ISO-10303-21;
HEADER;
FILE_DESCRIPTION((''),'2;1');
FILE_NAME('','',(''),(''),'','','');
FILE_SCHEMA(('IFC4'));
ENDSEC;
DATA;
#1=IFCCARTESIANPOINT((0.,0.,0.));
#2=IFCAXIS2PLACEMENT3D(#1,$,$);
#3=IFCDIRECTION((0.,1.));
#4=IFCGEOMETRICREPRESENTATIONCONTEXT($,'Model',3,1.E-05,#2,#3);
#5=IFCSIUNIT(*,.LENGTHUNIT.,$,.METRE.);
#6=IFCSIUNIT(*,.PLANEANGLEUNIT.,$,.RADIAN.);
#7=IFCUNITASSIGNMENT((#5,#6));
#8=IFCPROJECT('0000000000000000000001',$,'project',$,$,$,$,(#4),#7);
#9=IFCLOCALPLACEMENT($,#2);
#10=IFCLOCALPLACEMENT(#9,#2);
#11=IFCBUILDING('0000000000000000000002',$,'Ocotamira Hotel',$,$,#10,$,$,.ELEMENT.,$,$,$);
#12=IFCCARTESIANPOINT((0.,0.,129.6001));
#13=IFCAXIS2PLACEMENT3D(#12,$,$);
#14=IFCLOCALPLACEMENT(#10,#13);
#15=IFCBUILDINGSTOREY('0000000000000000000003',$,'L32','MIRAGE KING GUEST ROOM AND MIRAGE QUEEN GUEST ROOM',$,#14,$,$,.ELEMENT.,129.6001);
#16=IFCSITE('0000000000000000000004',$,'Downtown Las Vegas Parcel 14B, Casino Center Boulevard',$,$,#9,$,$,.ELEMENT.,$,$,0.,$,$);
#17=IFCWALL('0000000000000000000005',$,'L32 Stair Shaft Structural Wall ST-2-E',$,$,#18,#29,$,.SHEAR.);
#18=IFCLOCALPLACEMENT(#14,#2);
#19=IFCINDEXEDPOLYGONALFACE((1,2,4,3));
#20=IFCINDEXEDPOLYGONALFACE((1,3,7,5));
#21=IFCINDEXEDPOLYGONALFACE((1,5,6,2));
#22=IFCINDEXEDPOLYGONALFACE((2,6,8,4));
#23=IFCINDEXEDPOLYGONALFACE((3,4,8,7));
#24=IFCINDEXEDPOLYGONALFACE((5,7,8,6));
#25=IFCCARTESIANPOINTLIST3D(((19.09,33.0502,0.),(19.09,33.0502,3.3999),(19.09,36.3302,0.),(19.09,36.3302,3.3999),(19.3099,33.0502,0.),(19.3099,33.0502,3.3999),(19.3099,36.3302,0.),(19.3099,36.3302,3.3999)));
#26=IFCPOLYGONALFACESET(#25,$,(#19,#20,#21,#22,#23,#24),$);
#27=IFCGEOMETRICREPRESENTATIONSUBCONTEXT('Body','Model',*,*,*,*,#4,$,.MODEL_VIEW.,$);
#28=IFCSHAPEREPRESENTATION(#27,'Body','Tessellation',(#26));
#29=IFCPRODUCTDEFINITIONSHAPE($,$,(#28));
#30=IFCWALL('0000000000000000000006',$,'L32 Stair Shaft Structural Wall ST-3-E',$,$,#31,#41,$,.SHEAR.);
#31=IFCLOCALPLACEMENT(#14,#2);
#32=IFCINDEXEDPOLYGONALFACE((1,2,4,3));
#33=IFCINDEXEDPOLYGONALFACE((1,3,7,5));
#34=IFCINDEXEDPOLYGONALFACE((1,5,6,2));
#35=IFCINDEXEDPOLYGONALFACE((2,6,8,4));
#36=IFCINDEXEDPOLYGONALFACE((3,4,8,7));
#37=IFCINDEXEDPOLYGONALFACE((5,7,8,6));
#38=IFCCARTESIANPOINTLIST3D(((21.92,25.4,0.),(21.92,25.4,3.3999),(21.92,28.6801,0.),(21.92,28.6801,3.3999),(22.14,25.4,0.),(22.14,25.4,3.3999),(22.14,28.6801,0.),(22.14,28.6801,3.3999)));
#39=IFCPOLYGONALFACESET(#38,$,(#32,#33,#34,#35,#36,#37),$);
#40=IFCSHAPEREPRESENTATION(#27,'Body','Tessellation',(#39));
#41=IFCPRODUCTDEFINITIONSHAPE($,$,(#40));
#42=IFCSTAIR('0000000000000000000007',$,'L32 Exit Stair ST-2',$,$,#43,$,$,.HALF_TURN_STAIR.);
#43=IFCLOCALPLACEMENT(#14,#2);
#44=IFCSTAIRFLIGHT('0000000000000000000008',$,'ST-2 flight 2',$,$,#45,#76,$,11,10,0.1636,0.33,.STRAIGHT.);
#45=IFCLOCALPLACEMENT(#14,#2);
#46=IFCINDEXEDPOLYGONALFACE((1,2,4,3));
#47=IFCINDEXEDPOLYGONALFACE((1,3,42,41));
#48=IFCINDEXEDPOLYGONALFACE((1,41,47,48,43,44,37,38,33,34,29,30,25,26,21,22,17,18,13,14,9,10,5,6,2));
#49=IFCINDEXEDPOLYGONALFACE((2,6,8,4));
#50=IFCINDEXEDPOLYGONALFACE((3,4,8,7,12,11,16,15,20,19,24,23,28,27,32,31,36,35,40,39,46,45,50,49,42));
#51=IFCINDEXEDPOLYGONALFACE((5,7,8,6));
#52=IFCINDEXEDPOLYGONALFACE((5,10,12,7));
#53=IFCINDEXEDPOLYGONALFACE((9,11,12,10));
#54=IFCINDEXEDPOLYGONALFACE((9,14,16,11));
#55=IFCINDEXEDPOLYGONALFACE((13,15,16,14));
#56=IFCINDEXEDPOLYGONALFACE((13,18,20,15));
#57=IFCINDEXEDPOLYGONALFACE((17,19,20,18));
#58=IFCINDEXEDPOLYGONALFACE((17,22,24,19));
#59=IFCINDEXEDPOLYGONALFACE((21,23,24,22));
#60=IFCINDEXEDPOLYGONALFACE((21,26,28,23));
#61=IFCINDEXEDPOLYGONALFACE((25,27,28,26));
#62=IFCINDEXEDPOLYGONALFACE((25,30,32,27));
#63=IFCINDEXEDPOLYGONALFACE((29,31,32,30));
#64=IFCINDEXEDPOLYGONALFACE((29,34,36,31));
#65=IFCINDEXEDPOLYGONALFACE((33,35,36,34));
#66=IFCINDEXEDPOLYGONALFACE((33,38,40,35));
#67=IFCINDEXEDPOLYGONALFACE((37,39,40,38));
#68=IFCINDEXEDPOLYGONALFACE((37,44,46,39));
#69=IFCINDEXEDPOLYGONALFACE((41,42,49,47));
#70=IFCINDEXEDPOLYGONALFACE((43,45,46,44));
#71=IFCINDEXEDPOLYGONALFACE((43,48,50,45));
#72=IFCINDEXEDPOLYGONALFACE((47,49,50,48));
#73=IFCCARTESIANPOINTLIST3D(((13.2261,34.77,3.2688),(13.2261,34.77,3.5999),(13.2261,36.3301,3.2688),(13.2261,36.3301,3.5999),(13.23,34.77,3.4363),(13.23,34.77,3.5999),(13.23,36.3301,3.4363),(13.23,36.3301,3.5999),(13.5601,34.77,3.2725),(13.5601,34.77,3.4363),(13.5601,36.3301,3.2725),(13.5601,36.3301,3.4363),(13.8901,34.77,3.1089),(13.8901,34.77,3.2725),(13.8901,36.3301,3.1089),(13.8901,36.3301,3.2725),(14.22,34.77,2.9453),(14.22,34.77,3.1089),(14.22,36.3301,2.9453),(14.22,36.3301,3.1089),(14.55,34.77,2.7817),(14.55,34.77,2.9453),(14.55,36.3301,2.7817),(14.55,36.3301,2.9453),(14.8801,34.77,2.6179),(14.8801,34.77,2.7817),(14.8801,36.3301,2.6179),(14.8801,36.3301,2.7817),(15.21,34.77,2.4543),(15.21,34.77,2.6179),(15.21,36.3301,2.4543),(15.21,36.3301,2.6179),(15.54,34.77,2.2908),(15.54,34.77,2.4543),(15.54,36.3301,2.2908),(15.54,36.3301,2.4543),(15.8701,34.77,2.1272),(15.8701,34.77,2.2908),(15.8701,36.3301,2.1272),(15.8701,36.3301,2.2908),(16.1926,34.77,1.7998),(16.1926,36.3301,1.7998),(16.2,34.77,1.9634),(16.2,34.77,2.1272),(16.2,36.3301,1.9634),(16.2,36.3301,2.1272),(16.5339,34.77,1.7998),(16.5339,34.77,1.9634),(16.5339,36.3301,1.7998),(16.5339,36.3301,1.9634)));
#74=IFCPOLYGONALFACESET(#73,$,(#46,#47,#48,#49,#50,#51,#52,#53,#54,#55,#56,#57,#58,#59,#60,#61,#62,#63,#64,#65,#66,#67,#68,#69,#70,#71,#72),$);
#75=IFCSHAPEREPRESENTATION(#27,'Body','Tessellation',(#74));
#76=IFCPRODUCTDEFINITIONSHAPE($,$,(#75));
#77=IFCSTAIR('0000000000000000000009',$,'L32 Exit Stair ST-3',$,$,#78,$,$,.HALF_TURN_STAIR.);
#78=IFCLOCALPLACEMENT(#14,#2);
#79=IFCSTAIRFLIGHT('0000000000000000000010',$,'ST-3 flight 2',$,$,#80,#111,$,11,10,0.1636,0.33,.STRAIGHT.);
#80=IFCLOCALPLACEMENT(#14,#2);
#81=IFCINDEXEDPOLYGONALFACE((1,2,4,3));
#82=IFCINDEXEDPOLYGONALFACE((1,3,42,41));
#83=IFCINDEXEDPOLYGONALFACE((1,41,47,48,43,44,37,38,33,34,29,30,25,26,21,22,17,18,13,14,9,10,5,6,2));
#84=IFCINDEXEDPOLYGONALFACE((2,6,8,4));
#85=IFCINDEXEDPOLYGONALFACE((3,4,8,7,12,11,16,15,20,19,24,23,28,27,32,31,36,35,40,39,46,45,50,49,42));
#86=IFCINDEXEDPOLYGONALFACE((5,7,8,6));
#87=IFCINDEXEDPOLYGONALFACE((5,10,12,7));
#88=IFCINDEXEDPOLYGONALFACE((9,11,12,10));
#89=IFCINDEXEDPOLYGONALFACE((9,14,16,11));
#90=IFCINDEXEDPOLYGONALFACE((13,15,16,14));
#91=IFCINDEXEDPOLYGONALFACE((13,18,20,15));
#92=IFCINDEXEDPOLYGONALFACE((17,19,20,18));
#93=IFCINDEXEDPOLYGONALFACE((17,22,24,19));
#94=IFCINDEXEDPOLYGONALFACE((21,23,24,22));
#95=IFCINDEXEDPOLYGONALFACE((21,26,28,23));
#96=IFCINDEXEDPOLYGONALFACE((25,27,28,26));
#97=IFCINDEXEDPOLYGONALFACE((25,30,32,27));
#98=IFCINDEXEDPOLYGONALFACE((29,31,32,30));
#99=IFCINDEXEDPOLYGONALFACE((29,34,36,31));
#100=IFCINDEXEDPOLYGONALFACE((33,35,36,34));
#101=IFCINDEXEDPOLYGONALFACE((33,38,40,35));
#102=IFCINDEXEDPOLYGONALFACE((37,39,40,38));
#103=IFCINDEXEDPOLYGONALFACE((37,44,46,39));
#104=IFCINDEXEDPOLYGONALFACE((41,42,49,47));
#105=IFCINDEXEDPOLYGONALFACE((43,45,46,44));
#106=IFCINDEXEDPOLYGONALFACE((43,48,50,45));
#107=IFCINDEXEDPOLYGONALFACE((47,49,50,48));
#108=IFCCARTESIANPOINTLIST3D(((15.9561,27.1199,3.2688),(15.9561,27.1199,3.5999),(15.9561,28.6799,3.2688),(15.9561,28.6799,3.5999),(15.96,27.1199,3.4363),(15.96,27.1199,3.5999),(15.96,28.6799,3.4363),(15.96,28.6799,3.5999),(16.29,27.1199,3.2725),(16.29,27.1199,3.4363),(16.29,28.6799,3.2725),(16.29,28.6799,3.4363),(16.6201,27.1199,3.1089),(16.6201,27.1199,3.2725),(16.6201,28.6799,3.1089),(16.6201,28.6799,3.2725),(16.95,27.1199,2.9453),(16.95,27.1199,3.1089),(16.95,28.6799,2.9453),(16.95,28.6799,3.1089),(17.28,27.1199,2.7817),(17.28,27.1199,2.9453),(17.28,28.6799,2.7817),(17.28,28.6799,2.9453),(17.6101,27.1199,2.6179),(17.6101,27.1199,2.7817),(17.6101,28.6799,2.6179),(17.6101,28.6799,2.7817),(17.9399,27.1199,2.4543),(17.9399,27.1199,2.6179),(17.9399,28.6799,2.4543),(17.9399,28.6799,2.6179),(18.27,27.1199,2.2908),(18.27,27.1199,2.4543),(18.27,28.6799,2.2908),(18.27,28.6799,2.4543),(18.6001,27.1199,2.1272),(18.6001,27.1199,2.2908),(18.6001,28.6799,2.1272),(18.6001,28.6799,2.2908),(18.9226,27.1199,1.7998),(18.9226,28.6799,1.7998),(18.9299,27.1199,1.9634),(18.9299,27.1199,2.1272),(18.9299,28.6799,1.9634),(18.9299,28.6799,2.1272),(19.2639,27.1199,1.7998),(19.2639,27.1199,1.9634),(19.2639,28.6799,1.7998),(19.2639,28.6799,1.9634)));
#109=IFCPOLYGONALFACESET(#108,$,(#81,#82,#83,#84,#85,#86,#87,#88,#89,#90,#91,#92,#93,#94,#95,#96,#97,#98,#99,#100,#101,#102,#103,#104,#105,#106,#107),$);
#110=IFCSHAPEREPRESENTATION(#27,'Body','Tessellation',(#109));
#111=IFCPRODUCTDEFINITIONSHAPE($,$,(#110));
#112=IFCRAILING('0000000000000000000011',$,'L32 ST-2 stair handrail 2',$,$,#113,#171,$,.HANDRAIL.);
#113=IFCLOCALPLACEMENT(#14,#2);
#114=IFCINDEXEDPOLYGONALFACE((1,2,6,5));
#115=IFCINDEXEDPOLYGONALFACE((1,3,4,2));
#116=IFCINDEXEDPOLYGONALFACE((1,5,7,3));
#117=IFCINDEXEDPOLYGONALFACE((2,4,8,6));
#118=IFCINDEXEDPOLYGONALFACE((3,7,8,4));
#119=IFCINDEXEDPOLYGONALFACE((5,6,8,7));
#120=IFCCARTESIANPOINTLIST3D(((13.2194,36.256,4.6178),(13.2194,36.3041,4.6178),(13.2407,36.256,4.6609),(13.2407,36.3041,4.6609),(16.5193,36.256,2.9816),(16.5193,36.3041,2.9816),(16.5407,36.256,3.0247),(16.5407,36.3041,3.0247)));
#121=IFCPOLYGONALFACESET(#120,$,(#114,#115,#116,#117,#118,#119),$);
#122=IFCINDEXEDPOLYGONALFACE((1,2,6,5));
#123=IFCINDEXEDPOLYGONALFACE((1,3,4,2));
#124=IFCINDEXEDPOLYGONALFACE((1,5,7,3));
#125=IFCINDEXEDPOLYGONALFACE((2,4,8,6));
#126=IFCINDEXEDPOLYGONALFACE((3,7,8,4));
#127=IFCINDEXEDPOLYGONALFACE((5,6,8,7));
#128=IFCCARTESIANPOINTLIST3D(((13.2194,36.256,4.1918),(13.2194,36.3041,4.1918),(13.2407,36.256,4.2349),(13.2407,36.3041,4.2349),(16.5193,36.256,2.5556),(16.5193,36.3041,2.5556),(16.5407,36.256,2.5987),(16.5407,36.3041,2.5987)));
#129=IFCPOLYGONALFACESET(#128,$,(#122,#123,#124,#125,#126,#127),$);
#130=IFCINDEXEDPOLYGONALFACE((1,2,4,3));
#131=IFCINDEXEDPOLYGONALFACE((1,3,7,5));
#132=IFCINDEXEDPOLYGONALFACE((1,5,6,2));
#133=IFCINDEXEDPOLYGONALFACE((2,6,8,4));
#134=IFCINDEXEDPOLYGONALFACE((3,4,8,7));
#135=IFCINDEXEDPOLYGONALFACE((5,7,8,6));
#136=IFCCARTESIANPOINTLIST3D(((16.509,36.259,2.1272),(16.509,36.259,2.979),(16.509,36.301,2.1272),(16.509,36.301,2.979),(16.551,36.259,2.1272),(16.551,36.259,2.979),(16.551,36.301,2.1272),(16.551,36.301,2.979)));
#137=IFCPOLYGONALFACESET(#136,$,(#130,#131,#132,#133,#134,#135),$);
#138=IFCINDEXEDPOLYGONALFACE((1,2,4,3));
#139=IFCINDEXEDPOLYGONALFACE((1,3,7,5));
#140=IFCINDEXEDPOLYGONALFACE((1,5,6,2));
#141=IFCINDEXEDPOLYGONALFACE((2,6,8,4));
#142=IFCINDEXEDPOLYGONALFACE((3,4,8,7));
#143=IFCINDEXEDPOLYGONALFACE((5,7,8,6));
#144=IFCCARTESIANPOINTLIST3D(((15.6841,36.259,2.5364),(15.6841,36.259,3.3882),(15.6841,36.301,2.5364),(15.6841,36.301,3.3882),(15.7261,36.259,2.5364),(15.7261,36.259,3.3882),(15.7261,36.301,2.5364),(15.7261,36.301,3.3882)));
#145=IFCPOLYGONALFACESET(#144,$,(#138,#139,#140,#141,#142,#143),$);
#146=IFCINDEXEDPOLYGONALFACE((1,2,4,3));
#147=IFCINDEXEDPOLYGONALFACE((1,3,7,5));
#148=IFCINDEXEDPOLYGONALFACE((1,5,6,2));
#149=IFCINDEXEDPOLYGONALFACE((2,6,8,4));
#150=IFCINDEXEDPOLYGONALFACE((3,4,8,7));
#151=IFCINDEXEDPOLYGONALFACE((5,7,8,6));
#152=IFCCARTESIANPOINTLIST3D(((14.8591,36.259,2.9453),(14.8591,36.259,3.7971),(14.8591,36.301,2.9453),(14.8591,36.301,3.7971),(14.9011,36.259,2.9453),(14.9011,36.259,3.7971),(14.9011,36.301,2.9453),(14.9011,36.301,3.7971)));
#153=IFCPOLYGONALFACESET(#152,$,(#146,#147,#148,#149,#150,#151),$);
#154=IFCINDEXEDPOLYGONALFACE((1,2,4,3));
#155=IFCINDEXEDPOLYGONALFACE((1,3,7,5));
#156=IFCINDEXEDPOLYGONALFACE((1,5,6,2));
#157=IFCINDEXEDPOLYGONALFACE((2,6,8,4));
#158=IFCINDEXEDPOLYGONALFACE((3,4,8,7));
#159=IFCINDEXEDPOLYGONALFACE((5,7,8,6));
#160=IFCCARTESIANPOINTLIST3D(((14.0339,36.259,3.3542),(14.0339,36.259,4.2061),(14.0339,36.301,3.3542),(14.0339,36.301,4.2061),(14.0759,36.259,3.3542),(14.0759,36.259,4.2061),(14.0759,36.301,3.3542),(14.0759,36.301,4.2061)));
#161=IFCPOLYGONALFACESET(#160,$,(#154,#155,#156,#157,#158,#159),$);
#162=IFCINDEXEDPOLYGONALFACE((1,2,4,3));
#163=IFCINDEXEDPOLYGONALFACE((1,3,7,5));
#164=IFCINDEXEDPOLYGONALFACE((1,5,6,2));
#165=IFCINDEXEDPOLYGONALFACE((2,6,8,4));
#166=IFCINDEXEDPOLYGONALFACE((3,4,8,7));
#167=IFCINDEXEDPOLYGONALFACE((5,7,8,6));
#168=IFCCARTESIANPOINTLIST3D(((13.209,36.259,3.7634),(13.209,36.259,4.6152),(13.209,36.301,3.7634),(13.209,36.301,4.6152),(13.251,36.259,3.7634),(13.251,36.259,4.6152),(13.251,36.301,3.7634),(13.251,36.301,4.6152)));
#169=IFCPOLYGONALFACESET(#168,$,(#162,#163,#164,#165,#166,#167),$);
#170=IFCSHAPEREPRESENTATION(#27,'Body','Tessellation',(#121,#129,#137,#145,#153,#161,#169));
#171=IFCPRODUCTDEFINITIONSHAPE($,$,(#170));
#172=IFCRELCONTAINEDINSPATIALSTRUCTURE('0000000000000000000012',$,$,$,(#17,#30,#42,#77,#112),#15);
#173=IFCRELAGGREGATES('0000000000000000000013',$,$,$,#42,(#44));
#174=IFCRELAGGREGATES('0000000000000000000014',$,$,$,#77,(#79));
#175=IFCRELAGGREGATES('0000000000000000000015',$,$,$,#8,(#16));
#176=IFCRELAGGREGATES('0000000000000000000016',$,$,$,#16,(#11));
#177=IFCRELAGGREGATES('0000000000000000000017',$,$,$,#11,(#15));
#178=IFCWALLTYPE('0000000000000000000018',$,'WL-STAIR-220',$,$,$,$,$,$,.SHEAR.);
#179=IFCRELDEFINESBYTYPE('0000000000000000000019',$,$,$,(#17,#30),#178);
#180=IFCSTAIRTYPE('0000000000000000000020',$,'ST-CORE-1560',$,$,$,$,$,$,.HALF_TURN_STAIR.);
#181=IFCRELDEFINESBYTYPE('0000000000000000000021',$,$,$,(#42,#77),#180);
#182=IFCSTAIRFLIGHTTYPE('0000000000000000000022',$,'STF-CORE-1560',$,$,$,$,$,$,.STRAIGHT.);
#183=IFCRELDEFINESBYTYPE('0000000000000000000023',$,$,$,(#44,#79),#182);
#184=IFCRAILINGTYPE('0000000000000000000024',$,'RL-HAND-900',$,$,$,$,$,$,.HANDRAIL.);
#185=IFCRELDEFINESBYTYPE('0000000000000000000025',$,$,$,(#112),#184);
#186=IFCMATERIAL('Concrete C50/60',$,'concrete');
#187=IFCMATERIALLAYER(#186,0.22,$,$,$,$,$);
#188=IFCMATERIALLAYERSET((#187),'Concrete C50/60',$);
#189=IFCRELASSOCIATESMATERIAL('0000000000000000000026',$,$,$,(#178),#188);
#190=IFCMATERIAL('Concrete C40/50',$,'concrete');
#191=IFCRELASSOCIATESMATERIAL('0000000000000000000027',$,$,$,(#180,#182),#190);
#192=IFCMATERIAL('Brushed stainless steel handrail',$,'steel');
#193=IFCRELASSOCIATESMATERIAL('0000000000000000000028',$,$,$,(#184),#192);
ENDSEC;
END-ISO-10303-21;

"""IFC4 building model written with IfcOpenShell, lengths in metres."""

from ifc_helpers import new_model, si_unit, direction, frame, frame_2d, origin, origin_2d, place, context, subcontext, project, spatial, polyline, rectangle, outline, extrude, source, transform, mapped, material, layer, layer_set, type_object, element, aggregate, save


model = new_model("IFC4")

# Units and contexts
model_context = context("Model", 3, precision=1e-05, world=origin(), true_north=direction((0.0, 1.0)))
body_context = subcontext(model_context, "Body", "Model", "MODEL_VIEW")
ifc_project = project(units=[si_unit("LENGTHUNIT", "METRE"), si_unit("PLANEANGLEUNIT", "RADIAN")], contexts=[model_context])

# Site, building, storey
site_placement = place(None, origin())
site = spatial("IfcSite", under=ifc_project, at=site_placement, Name="Downtown Las Vegas Parcel 14B, Casino Center Boulevard", CompositionType="ELEMENT", RefElevation=0.0)
building_placement = place(site_placement, origin())
building = spatial("IfcBuilding", under=site, at=building_placement, Name="Ocotamira Hotel", CompositionType="ELEMENT")
storey_placement = place(building_placement, frame((0.0, 0.0, 129.6001)))
storey = spatial("IfcBuildingStorey", under=building, at=storey_placement, Name="L32", Description="MIRAGE KING GUEST ROOM AND MIRAGE QUEEN GUEST ROOM", CompositionType="ELEMENT", Elevation=129.6001)

# Walls
ifc_material_1 = material(Name="Concrete C50/60", Category="concrete")
ifc_layer_1 = layer(ifc_material_1, 0.22)
ifc_layer_set_1 = layer_set([ifc_layer_1], Name="Concrete C50/60")
wall_type_1 = type_object("IfcWallType", Name="WL-STAIR-220", PredefinedType="SHEAR", material=ifc_layer_set_1)
for number, where, z_axis, x_axis, name in (
    (1, (19.2, 33.05, 0.0), (0.0, 0.0, 1.0), (0.0, 1.0, 0.0), "L32 Stair Shaft Structural Wall ST-2-E"),
    (2, (22.03, 25.3999, 0.0), (0.0, 0.0, 1.0), (0.0, 1.0, 0.0), "L32 Stair Shaft Structural Wall ST-3-E"),
):
    element("IfcWall", number, at=place(storey_placement, frame(where, z_axis=z_axis, x_axis=x_axis)), inside=storey, type_object=wall_type_1, Name=name, PredefinedType="SHEAR", context=body_context, shape_type="SweptSolid", body=[
        extrude(rectangle(XDim=3.28, YDim=0.22, at=frame_2d((1.6401, 0.0))), origin(), (0.0, 0.0, 1.0), 3.3999),
    ])

# Stairs, stair flights
ifc_material_2 = material(Name="Concrete C40/50", Category="concrete")
stair_type = type_object("IfcStairType", Name="ST-CORE-1560", PredefinedType="HALF_TURN_STAIR", material=ifc_material_2)
stair_1_placement = place(storey_placement, origin())
stair_1 = element("IfcStair", 3, at=stair_1_placement, inside=storey, type_object=stair_type, Name="L32 Exit Stair ST-2", PredefinedType="HALF_TURN_STAIR")
stair_flight_type = type_object("IfcStairFlightType", Name="STF-CORE-1560", PredefinedType="STRAIGHT", material=ifc_material_2)
shared_shape_1 = source(origin(), body_context, "Body", "SweptSolid", [
    extrude(outline(polyline([(-0.0039, 0.0), (-0.0039, 0.1636), (0.3301, 0.1636), (0.3301, 0.3274), (0.6599, 0.3274), (0.6599, 0.491), (0.99, 0.491), (0.99, 0.6545), (1.3201, 0.6545), (1.3201, 0.8181), (1.6499, 0.8181), (1.6499, 0.9819), (1.98, 0.9819), (1.98, 1.1455), (2.3101, 1.1455), (2.3101, 1.3091), (2.6399, 1.3091), (2.6399, 1.4727), (2.97, 1.4727), (2.97, 1.6365), (3.3, 1.6365), (3.3, 1.8), (3.304, 1.8), (3.304, 1.469), (0.3374, 0.0), (-0.0039, 0.0)])), frame((0.0, 0.78, 0.0), z_axis=(0.0, -1.0, 0.0), x_axis=(1.0, 0.0, 0.0)), (0.0, 0.0, 1.0), 1.5601),
])
stair_flight_1_placement = place(storey_placement, frame((16.53, 35.55, 1.7998), z_axis=(0.0, 0.0, 1.0), x_axis=(-1.0, 0.0, 0.0)))
stair_flight_1 = element("IfcStairFlight", 4, at=stair_flight_1_placement, type_object=stair_flight_type, Name="ST-2 flight 2", NumberOfRisers=11, NumberOfTreads=10, PredefinedType="STRAIGHT", RiserHeight=0.1636, TreadLength=0.33, context=body_context, shape_type="MappedRepresentation", body=[
    mapped(shared_shape_1, transform((0.0, 0.0, 0.0), scale=1.0)),
])
aggregate(stair_1, [stair_flight_1])
stair_2_placement = place(storey_placement, origin())
stair_2 = element("IfcStair", 5, at=stair_2_placement, inside=storey, type_object=stair_type, Name="L32 Exit Stair ST-3", PredefinedType="HALF_TURN_STAIR")
stair_flight_2_placement = place(storey_placement, frame((19.26, 27.8999, 1.7998), z_axis=(0.0, 0.0, 1.0), x_axis=(-1.0, 0.0, 0.0)))
stair_flight_2 = element("IfcStairFlight", 6, at=stair_flight_2_placement, type_object=stair_flight_type, Name="ST-3 flight 2", NumberOfRisers=11, NumberOfTreads=10, PredefinedType="STRAIGHT", RiserHeight=0.1636, TreadLength=0.33, context=body_context, shape_type="MappedRepresentation", body=[
    mapped(shared_shape_1, transform((0.0, 0.0, 0.0), scale=1.0)),
])
aggregate(stair_2, [stair_flight_2])

# Railing
ifc_material_3 = material(Name="Brushed stainless steel handrail", Category="steel")
railing_type_1 = type_object("IfcRailingType", Name="RL-HAND-900", PredefinedType="HANDRAIL", material=ifc_material_3)
for number, where, name in (
    (7, (16.53, 36.28, 2.1272), "L32 ST-2 stair handrail 2"),
):
    element("IfcRailing", number, at=place(storey_placement, frame(where)), inside=storey, type_object=railing_type_1, Name=name, PredefinedType="HANDRAIL", context=body_context, shape_type="SweptSolid", body=[
        extrude(rectangle(XDim=0.0481, YDim=0.0481, at=origin_2d()), frame((0.0, 0.0, 0.876), z_axis=(-0.89592, 0.0, 0.444215), x_axis=(0.0, -1.0, 0.0)), (0.0, 0.0, 1.0), 3.6833),
        extrude(rectangle(XDim=0.0481, YDim=0.0481, at=origin_2d()), frame((0.0, 0.0, 0.45), z_axis=(-0.89592, 0.0, 0.444215), x_axis=(0.0, -1.0, 0.0)), (0.0, 0.0, 1.0), 3.6833),
        extrude(rectangle(XDim=0.042, YDim=0.042, at=origin_2d()), origin(), (0.0, 0.0, 1.0), 0.8518),
        extrude(rectangle(XDim=0.042, YDim=0.042, at=origin_2d()), frame((-0.825, 0.0, 0.4092)), (0.0, 0.0, 1.0), 0.8518),
        extrude(rectangle(XDim=0.042, YDim=0.042, at=origin_2d()), frame((-1.6499, 0.0, 0.8181)), (0.0, 0.0, 1.0), 0.8518),
        extrude(rectangle(XDim=0.042, YDim=0.042, at=origin_2d()), frame((-2.4751, 0.0, 1.2271)), (0.0, 0.0, 1.0), 0.8518),
        extrude(rectangle(XDim=0.042, YDim=0.042, at=origin_2d()), frame((-3.3, 0.0, 1.6362)), (0.0, 0.0, 1.0), 0.8518),
    ])

save(model, "model.ifc")
